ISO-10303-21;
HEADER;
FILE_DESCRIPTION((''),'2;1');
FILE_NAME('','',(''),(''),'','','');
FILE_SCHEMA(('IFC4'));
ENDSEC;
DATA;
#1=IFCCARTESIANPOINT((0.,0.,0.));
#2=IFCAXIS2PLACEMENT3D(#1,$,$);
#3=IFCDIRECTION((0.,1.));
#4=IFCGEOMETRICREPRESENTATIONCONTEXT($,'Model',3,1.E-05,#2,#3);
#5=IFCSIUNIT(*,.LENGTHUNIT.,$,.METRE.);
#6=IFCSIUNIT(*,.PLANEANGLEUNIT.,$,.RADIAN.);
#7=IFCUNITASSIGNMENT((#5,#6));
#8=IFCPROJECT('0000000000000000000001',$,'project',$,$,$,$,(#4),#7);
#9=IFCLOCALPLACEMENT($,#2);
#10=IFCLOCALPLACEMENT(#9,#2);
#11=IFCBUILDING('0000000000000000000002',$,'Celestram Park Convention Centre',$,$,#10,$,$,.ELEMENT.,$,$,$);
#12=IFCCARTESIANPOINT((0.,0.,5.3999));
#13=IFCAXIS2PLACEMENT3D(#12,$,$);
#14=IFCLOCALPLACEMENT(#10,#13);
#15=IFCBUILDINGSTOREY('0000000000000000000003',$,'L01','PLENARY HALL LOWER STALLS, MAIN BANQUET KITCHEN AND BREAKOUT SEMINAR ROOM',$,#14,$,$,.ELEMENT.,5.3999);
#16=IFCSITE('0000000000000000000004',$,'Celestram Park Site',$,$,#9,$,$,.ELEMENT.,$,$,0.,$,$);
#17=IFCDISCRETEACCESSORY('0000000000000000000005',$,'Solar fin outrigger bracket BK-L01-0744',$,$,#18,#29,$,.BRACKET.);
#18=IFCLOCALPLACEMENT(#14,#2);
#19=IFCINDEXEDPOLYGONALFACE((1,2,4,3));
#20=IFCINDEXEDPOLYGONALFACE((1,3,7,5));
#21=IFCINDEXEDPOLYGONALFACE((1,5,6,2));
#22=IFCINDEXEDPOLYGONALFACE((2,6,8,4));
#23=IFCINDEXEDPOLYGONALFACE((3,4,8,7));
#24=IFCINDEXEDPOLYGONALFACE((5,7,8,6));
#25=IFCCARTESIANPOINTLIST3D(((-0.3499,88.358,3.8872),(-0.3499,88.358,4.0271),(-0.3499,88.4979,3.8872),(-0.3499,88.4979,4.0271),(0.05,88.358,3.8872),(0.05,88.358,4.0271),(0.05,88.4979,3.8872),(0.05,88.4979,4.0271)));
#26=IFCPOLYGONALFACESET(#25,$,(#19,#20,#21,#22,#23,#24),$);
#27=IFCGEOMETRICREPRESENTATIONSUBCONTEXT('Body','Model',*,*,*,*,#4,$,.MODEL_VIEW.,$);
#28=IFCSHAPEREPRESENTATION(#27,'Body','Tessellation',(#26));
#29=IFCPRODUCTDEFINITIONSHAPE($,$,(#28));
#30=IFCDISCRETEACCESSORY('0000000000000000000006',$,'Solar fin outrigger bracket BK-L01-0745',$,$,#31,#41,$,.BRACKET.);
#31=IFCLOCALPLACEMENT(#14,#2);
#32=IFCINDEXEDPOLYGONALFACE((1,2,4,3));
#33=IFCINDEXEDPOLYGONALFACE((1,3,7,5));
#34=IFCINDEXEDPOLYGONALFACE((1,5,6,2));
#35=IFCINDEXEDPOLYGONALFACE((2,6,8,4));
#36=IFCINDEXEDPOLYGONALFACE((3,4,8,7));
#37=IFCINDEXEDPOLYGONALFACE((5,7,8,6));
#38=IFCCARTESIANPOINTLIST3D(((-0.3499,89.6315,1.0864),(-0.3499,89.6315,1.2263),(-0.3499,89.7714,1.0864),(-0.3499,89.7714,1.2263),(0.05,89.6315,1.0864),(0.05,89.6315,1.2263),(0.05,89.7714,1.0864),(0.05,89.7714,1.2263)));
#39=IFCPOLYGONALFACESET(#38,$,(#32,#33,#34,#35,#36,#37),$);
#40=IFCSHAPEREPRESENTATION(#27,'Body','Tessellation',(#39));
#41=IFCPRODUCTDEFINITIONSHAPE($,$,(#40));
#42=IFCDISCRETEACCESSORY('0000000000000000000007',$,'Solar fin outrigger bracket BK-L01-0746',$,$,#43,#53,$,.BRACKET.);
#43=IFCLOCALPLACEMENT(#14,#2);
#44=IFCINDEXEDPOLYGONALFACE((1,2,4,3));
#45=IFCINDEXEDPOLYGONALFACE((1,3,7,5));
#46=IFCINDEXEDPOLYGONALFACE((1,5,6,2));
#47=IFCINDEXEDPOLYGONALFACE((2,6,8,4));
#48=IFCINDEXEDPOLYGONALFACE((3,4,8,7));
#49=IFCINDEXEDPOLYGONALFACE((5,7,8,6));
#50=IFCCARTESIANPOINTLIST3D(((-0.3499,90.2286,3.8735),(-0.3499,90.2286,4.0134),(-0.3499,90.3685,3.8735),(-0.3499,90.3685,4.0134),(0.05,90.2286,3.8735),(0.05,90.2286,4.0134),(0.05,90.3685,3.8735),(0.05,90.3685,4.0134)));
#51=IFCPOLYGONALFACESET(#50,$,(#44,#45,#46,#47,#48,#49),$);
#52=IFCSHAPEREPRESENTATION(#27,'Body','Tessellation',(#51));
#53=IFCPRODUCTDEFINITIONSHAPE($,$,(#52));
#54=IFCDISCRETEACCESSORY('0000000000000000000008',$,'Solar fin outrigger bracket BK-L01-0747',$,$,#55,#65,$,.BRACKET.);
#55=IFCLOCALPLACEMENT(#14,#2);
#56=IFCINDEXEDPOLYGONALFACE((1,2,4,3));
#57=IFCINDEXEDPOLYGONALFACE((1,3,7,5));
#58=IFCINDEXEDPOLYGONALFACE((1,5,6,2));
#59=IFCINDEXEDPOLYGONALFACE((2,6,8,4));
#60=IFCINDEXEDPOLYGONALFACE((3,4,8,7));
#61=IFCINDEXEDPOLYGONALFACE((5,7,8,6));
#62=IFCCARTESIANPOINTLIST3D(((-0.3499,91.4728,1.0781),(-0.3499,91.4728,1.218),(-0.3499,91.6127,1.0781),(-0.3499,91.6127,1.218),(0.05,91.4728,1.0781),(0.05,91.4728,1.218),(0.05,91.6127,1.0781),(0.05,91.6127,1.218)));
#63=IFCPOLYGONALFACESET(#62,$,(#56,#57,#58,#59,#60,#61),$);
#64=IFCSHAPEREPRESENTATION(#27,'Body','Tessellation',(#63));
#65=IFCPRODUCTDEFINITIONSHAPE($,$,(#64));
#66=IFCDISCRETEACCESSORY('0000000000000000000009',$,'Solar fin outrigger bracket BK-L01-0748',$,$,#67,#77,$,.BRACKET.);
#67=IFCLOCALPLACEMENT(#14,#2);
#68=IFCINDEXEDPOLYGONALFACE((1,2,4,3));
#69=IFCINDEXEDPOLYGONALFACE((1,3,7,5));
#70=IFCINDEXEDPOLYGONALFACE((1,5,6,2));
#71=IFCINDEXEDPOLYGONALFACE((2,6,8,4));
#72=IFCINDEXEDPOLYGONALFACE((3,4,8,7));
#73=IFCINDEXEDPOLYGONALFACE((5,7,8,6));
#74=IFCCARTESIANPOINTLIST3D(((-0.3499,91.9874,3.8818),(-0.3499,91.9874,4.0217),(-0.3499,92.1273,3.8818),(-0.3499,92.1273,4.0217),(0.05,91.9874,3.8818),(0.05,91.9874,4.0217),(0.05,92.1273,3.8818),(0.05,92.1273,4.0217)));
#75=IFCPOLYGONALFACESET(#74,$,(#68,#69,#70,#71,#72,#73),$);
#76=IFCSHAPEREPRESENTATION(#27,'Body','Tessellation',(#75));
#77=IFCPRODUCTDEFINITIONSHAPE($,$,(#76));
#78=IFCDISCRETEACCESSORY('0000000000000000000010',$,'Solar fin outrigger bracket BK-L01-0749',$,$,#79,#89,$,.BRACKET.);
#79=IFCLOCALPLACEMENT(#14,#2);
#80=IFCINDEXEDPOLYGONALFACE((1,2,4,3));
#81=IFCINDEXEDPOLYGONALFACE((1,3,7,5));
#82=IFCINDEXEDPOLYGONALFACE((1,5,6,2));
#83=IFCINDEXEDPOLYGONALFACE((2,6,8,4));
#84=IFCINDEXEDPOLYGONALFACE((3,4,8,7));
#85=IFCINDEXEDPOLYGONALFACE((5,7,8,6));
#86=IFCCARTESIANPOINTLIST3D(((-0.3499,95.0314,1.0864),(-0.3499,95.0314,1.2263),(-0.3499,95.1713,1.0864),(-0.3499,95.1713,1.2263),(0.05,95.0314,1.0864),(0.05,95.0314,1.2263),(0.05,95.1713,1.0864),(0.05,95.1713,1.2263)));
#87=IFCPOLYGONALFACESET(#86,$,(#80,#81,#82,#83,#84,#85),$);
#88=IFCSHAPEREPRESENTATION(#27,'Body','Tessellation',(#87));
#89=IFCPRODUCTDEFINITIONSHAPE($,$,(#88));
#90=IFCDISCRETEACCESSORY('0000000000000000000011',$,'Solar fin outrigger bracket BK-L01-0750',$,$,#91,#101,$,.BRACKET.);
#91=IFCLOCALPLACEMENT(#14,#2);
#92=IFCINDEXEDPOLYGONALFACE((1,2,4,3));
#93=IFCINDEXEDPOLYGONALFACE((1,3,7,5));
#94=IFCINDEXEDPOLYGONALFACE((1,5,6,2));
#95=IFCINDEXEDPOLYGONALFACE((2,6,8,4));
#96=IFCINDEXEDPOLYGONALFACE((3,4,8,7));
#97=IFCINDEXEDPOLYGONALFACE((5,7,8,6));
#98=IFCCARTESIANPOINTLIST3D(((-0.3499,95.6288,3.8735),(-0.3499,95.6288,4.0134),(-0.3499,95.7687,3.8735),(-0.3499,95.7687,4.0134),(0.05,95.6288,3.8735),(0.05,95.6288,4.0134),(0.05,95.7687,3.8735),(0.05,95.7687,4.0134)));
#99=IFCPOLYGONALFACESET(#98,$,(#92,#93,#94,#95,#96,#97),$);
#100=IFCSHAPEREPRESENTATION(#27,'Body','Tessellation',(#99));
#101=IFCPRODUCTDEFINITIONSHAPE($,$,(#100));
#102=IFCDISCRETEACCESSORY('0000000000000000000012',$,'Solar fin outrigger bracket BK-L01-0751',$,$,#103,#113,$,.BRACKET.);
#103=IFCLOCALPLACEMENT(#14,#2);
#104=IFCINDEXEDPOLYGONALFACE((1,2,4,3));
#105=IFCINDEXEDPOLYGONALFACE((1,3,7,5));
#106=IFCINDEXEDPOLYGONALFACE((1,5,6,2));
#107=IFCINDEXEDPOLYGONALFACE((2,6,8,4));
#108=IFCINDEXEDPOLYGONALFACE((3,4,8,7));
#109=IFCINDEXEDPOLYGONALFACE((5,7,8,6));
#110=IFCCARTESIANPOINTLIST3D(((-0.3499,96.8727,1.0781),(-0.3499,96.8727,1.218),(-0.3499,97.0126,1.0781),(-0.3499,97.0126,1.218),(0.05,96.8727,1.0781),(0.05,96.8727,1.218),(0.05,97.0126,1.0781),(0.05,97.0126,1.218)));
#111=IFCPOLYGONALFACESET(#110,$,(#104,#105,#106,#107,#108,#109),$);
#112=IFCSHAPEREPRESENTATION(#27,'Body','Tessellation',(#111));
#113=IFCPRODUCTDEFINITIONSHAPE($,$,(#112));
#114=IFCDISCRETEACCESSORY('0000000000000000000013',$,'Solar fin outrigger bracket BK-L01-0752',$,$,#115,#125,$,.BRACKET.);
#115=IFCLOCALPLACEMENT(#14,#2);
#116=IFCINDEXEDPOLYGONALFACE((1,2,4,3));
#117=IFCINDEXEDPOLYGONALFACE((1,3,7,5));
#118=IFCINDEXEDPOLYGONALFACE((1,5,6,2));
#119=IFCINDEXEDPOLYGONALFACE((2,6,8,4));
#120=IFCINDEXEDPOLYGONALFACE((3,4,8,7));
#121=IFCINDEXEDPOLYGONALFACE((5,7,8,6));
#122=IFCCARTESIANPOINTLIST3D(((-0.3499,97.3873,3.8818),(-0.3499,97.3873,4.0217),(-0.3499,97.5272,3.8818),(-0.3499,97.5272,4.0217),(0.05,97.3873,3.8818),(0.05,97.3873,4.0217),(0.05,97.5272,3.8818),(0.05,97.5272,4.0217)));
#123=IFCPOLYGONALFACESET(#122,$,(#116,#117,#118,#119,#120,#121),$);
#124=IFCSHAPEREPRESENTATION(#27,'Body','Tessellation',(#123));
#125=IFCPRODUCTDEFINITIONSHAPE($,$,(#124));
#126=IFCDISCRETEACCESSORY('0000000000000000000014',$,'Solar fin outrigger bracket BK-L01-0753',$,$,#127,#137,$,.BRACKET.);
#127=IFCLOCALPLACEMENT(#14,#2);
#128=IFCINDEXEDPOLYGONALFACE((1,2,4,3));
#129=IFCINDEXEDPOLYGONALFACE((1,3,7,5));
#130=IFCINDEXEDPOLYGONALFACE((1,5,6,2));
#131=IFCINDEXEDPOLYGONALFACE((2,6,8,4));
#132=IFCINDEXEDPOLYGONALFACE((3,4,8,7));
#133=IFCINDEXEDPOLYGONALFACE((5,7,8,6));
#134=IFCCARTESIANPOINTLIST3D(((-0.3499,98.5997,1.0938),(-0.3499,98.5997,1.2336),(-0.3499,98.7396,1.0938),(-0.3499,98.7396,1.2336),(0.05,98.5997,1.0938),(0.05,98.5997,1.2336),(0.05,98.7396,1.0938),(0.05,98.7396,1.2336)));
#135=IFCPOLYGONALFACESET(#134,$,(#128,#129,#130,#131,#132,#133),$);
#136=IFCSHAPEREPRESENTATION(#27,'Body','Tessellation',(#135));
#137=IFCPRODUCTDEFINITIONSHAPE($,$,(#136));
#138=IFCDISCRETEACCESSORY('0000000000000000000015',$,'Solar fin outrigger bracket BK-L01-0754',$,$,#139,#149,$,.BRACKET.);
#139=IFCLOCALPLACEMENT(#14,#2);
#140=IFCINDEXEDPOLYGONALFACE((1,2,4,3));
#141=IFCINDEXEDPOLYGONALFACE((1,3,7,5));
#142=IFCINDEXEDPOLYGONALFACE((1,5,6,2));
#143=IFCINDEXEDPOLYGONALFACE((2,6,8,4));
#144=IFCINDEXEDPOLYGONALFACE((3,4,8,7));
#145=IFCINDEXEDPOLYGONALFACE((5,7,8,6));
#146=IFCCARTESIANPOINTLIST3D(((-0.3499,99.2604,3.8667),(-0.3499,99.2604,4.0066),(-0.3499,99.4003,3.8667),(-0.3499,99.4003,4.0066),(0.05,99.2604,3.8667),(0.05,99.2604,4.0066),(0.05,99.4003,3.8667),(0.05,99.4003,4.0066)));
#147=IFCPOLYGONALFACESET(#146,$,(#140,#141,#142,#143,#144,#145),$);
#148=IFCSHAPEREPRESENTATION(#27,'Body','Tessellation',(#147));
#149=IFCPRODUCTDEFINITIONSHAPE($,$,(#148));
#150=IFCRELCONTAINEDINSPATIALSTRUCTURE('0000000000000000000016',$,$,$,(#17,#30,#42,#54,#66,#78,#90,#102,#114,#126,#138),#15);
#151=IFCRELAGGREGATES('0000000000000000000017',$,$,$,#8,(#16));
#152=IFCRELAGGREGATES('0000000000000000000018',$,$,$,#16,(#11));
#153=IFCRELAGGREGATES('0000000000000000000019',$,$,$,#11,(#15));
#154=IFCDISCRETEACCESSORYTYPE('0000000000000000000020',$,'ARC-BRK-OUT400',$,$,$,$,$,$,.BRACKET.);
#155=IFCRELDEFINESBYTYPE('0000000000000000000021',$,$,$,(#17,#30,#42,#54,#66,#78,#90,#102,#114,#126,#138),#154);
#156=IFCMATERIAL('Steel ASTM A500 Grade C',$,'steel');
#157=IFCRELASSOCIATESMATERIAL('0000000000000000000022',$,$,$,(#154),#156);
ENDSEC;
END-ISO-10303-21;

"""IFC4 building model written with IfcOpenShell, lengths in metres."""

from ifc_helpers import new_model, si_unit, direction, frame, origin, origin_2d, place, context, subcontext, project, spatial, rectangle, extrude, material, type_object, element, save


model = new_model("IFC4")

# Units and contexts
model_context = context("Model", 3, precision=1e-05, world=origin(), true_north=direction((0.0, 1.0)))
body_context = subcontext(model_context, "Body", "Model", "MODEL_VIEW")
ifc_project = project(units=[si_unit("LENGTHUNIT", "METRE"), si_unit("PLANEANGLEUNIT", "RADIAN")], contexts=[model_context])

# Site, building, storey
site_placement = place(None, origin())
site = spatial("IfcSite", under=ifc_project, at=site_placement, Name="Celestram Park Site", CompositionType="ELEMENT", RefElevation=0.0)
building_placement = place(site_placement, origin())
building = spatial("IfcBuilding", under=site, at=building_placement, Name="Celestram Park Convention Centre", CompositionType="ELEMENT")
storey_placement = place(building_placement, frame((0.0, 0.0, 5.3999)))
storey = spatial("IfcBuildingStorey", under=building, at=storey_placement, Name="L01", Description="PLENARY HALL LOWER STALLS, MAIN BANQUET KITCHEN AND BREAKOUT SEMINAR ROOM", CompositionType="ELEMENT", Elevation=5.3999)

# Shared definitions
ifc_material_1 = material(Name="Steel ASTM A500 Grade C", Category="steel")

# Discrete accessories
discrete_accessory_type = type_object("IfcDiscreteAccessoryType", Name="ARC-BRK-OUT400", PredefinedType="BRACKET", material=ifc_material_1)
for number, where, z_axis, x_axis, name in (
    (1, (-0.1499, 88.428, 3.8872), (0.0, 0.0, 1.0), (-1.0, 0.0, 0.0), "Solar fin outrigger bracket BK-L01-0744"),
    (2, (-0.1499, 89.7014, 1.0864), (0.0, 0.0, 1.0), (-1.0, 0.0, 0.0), "Solar fin outrigger bracket BK-L01-0745"),
    (3, (-0.1499, 90.2986, 3.8735), (0.0, 0.0, 1.0), (-1.0, 0.0, 0.0), "Solar fin outrigger bracket BK-L01-0746"),
    (4, (-0.1499, 91.5427, 1.0781), (0.0, 0.0, 1.0), (-1.0, 0.0, 0.0), "Solar fin outrigger bracket BK-L01-0747"),
    (5, (-0.1499, 92.0574, 3.8818), (0.0, 0.0, 1.0), (-1.0, 0.0, 0.0), "Solar fin outrigger bracket BK-L01-0748"),
    (6, (-0.1499, 95.1013, 1.0864), (0.0, 0.0, 1.0), (-1.0, 0.0, 0.0), "Solar fin outrigger bracket BK-L01-0749"),
    (7, (-0.1499, 95.6987, 3.8735), (0.0, 0.0, 1.0), (-1.0, 0.0, 0.0), "Solar fin outrigger bracket BK-L01-0750"),
    (8, (-0.1499, 96.9426, 1.0781), (0.0, 0.0, 1.0), (-1.0, 0.0, 0.0), "Solar fin outrigger bracket BK-L01-0751"),
    (9, (-0.1499, 97.4573, 3.8818), (0.0, 0.0, 1.0), (-1.0, 0.0, 0.0), "Solar fin outrigger bracket BK-L01-0752"),
    (10, (-0.1499, 98.6697, 1.0938), (0.0, 0.0, 1.0), (-1.0, 0.0, 0.0), "Solar fin outrigger bracket BK-L01-0753"),
    (11, (-0.1499, 99.3303, 3.8667), (0.0, 0.0, 1.0), (-1.0, 0.0, 0.0), "Solar fin outrigger bracket BK-L01-0754"),
):
    element("IfcDiscreteAccessory", number, at=place(storey_placement, frame(where, z_axis=z_axis, x_axis=x_axis)), inside=storey, type_object=discrete_accessory_type, Name=name, PredefinedType="BRACKET", context=body_context, shape_type="SweptSolid", body=[
        extrude(rectangle(XDim=0.3999, YDim=0.1399, at=origin_2d()), origin(), (0.0, 0.0, 1.0), 0.1399),
    ])

save(model, "model.ifc")
